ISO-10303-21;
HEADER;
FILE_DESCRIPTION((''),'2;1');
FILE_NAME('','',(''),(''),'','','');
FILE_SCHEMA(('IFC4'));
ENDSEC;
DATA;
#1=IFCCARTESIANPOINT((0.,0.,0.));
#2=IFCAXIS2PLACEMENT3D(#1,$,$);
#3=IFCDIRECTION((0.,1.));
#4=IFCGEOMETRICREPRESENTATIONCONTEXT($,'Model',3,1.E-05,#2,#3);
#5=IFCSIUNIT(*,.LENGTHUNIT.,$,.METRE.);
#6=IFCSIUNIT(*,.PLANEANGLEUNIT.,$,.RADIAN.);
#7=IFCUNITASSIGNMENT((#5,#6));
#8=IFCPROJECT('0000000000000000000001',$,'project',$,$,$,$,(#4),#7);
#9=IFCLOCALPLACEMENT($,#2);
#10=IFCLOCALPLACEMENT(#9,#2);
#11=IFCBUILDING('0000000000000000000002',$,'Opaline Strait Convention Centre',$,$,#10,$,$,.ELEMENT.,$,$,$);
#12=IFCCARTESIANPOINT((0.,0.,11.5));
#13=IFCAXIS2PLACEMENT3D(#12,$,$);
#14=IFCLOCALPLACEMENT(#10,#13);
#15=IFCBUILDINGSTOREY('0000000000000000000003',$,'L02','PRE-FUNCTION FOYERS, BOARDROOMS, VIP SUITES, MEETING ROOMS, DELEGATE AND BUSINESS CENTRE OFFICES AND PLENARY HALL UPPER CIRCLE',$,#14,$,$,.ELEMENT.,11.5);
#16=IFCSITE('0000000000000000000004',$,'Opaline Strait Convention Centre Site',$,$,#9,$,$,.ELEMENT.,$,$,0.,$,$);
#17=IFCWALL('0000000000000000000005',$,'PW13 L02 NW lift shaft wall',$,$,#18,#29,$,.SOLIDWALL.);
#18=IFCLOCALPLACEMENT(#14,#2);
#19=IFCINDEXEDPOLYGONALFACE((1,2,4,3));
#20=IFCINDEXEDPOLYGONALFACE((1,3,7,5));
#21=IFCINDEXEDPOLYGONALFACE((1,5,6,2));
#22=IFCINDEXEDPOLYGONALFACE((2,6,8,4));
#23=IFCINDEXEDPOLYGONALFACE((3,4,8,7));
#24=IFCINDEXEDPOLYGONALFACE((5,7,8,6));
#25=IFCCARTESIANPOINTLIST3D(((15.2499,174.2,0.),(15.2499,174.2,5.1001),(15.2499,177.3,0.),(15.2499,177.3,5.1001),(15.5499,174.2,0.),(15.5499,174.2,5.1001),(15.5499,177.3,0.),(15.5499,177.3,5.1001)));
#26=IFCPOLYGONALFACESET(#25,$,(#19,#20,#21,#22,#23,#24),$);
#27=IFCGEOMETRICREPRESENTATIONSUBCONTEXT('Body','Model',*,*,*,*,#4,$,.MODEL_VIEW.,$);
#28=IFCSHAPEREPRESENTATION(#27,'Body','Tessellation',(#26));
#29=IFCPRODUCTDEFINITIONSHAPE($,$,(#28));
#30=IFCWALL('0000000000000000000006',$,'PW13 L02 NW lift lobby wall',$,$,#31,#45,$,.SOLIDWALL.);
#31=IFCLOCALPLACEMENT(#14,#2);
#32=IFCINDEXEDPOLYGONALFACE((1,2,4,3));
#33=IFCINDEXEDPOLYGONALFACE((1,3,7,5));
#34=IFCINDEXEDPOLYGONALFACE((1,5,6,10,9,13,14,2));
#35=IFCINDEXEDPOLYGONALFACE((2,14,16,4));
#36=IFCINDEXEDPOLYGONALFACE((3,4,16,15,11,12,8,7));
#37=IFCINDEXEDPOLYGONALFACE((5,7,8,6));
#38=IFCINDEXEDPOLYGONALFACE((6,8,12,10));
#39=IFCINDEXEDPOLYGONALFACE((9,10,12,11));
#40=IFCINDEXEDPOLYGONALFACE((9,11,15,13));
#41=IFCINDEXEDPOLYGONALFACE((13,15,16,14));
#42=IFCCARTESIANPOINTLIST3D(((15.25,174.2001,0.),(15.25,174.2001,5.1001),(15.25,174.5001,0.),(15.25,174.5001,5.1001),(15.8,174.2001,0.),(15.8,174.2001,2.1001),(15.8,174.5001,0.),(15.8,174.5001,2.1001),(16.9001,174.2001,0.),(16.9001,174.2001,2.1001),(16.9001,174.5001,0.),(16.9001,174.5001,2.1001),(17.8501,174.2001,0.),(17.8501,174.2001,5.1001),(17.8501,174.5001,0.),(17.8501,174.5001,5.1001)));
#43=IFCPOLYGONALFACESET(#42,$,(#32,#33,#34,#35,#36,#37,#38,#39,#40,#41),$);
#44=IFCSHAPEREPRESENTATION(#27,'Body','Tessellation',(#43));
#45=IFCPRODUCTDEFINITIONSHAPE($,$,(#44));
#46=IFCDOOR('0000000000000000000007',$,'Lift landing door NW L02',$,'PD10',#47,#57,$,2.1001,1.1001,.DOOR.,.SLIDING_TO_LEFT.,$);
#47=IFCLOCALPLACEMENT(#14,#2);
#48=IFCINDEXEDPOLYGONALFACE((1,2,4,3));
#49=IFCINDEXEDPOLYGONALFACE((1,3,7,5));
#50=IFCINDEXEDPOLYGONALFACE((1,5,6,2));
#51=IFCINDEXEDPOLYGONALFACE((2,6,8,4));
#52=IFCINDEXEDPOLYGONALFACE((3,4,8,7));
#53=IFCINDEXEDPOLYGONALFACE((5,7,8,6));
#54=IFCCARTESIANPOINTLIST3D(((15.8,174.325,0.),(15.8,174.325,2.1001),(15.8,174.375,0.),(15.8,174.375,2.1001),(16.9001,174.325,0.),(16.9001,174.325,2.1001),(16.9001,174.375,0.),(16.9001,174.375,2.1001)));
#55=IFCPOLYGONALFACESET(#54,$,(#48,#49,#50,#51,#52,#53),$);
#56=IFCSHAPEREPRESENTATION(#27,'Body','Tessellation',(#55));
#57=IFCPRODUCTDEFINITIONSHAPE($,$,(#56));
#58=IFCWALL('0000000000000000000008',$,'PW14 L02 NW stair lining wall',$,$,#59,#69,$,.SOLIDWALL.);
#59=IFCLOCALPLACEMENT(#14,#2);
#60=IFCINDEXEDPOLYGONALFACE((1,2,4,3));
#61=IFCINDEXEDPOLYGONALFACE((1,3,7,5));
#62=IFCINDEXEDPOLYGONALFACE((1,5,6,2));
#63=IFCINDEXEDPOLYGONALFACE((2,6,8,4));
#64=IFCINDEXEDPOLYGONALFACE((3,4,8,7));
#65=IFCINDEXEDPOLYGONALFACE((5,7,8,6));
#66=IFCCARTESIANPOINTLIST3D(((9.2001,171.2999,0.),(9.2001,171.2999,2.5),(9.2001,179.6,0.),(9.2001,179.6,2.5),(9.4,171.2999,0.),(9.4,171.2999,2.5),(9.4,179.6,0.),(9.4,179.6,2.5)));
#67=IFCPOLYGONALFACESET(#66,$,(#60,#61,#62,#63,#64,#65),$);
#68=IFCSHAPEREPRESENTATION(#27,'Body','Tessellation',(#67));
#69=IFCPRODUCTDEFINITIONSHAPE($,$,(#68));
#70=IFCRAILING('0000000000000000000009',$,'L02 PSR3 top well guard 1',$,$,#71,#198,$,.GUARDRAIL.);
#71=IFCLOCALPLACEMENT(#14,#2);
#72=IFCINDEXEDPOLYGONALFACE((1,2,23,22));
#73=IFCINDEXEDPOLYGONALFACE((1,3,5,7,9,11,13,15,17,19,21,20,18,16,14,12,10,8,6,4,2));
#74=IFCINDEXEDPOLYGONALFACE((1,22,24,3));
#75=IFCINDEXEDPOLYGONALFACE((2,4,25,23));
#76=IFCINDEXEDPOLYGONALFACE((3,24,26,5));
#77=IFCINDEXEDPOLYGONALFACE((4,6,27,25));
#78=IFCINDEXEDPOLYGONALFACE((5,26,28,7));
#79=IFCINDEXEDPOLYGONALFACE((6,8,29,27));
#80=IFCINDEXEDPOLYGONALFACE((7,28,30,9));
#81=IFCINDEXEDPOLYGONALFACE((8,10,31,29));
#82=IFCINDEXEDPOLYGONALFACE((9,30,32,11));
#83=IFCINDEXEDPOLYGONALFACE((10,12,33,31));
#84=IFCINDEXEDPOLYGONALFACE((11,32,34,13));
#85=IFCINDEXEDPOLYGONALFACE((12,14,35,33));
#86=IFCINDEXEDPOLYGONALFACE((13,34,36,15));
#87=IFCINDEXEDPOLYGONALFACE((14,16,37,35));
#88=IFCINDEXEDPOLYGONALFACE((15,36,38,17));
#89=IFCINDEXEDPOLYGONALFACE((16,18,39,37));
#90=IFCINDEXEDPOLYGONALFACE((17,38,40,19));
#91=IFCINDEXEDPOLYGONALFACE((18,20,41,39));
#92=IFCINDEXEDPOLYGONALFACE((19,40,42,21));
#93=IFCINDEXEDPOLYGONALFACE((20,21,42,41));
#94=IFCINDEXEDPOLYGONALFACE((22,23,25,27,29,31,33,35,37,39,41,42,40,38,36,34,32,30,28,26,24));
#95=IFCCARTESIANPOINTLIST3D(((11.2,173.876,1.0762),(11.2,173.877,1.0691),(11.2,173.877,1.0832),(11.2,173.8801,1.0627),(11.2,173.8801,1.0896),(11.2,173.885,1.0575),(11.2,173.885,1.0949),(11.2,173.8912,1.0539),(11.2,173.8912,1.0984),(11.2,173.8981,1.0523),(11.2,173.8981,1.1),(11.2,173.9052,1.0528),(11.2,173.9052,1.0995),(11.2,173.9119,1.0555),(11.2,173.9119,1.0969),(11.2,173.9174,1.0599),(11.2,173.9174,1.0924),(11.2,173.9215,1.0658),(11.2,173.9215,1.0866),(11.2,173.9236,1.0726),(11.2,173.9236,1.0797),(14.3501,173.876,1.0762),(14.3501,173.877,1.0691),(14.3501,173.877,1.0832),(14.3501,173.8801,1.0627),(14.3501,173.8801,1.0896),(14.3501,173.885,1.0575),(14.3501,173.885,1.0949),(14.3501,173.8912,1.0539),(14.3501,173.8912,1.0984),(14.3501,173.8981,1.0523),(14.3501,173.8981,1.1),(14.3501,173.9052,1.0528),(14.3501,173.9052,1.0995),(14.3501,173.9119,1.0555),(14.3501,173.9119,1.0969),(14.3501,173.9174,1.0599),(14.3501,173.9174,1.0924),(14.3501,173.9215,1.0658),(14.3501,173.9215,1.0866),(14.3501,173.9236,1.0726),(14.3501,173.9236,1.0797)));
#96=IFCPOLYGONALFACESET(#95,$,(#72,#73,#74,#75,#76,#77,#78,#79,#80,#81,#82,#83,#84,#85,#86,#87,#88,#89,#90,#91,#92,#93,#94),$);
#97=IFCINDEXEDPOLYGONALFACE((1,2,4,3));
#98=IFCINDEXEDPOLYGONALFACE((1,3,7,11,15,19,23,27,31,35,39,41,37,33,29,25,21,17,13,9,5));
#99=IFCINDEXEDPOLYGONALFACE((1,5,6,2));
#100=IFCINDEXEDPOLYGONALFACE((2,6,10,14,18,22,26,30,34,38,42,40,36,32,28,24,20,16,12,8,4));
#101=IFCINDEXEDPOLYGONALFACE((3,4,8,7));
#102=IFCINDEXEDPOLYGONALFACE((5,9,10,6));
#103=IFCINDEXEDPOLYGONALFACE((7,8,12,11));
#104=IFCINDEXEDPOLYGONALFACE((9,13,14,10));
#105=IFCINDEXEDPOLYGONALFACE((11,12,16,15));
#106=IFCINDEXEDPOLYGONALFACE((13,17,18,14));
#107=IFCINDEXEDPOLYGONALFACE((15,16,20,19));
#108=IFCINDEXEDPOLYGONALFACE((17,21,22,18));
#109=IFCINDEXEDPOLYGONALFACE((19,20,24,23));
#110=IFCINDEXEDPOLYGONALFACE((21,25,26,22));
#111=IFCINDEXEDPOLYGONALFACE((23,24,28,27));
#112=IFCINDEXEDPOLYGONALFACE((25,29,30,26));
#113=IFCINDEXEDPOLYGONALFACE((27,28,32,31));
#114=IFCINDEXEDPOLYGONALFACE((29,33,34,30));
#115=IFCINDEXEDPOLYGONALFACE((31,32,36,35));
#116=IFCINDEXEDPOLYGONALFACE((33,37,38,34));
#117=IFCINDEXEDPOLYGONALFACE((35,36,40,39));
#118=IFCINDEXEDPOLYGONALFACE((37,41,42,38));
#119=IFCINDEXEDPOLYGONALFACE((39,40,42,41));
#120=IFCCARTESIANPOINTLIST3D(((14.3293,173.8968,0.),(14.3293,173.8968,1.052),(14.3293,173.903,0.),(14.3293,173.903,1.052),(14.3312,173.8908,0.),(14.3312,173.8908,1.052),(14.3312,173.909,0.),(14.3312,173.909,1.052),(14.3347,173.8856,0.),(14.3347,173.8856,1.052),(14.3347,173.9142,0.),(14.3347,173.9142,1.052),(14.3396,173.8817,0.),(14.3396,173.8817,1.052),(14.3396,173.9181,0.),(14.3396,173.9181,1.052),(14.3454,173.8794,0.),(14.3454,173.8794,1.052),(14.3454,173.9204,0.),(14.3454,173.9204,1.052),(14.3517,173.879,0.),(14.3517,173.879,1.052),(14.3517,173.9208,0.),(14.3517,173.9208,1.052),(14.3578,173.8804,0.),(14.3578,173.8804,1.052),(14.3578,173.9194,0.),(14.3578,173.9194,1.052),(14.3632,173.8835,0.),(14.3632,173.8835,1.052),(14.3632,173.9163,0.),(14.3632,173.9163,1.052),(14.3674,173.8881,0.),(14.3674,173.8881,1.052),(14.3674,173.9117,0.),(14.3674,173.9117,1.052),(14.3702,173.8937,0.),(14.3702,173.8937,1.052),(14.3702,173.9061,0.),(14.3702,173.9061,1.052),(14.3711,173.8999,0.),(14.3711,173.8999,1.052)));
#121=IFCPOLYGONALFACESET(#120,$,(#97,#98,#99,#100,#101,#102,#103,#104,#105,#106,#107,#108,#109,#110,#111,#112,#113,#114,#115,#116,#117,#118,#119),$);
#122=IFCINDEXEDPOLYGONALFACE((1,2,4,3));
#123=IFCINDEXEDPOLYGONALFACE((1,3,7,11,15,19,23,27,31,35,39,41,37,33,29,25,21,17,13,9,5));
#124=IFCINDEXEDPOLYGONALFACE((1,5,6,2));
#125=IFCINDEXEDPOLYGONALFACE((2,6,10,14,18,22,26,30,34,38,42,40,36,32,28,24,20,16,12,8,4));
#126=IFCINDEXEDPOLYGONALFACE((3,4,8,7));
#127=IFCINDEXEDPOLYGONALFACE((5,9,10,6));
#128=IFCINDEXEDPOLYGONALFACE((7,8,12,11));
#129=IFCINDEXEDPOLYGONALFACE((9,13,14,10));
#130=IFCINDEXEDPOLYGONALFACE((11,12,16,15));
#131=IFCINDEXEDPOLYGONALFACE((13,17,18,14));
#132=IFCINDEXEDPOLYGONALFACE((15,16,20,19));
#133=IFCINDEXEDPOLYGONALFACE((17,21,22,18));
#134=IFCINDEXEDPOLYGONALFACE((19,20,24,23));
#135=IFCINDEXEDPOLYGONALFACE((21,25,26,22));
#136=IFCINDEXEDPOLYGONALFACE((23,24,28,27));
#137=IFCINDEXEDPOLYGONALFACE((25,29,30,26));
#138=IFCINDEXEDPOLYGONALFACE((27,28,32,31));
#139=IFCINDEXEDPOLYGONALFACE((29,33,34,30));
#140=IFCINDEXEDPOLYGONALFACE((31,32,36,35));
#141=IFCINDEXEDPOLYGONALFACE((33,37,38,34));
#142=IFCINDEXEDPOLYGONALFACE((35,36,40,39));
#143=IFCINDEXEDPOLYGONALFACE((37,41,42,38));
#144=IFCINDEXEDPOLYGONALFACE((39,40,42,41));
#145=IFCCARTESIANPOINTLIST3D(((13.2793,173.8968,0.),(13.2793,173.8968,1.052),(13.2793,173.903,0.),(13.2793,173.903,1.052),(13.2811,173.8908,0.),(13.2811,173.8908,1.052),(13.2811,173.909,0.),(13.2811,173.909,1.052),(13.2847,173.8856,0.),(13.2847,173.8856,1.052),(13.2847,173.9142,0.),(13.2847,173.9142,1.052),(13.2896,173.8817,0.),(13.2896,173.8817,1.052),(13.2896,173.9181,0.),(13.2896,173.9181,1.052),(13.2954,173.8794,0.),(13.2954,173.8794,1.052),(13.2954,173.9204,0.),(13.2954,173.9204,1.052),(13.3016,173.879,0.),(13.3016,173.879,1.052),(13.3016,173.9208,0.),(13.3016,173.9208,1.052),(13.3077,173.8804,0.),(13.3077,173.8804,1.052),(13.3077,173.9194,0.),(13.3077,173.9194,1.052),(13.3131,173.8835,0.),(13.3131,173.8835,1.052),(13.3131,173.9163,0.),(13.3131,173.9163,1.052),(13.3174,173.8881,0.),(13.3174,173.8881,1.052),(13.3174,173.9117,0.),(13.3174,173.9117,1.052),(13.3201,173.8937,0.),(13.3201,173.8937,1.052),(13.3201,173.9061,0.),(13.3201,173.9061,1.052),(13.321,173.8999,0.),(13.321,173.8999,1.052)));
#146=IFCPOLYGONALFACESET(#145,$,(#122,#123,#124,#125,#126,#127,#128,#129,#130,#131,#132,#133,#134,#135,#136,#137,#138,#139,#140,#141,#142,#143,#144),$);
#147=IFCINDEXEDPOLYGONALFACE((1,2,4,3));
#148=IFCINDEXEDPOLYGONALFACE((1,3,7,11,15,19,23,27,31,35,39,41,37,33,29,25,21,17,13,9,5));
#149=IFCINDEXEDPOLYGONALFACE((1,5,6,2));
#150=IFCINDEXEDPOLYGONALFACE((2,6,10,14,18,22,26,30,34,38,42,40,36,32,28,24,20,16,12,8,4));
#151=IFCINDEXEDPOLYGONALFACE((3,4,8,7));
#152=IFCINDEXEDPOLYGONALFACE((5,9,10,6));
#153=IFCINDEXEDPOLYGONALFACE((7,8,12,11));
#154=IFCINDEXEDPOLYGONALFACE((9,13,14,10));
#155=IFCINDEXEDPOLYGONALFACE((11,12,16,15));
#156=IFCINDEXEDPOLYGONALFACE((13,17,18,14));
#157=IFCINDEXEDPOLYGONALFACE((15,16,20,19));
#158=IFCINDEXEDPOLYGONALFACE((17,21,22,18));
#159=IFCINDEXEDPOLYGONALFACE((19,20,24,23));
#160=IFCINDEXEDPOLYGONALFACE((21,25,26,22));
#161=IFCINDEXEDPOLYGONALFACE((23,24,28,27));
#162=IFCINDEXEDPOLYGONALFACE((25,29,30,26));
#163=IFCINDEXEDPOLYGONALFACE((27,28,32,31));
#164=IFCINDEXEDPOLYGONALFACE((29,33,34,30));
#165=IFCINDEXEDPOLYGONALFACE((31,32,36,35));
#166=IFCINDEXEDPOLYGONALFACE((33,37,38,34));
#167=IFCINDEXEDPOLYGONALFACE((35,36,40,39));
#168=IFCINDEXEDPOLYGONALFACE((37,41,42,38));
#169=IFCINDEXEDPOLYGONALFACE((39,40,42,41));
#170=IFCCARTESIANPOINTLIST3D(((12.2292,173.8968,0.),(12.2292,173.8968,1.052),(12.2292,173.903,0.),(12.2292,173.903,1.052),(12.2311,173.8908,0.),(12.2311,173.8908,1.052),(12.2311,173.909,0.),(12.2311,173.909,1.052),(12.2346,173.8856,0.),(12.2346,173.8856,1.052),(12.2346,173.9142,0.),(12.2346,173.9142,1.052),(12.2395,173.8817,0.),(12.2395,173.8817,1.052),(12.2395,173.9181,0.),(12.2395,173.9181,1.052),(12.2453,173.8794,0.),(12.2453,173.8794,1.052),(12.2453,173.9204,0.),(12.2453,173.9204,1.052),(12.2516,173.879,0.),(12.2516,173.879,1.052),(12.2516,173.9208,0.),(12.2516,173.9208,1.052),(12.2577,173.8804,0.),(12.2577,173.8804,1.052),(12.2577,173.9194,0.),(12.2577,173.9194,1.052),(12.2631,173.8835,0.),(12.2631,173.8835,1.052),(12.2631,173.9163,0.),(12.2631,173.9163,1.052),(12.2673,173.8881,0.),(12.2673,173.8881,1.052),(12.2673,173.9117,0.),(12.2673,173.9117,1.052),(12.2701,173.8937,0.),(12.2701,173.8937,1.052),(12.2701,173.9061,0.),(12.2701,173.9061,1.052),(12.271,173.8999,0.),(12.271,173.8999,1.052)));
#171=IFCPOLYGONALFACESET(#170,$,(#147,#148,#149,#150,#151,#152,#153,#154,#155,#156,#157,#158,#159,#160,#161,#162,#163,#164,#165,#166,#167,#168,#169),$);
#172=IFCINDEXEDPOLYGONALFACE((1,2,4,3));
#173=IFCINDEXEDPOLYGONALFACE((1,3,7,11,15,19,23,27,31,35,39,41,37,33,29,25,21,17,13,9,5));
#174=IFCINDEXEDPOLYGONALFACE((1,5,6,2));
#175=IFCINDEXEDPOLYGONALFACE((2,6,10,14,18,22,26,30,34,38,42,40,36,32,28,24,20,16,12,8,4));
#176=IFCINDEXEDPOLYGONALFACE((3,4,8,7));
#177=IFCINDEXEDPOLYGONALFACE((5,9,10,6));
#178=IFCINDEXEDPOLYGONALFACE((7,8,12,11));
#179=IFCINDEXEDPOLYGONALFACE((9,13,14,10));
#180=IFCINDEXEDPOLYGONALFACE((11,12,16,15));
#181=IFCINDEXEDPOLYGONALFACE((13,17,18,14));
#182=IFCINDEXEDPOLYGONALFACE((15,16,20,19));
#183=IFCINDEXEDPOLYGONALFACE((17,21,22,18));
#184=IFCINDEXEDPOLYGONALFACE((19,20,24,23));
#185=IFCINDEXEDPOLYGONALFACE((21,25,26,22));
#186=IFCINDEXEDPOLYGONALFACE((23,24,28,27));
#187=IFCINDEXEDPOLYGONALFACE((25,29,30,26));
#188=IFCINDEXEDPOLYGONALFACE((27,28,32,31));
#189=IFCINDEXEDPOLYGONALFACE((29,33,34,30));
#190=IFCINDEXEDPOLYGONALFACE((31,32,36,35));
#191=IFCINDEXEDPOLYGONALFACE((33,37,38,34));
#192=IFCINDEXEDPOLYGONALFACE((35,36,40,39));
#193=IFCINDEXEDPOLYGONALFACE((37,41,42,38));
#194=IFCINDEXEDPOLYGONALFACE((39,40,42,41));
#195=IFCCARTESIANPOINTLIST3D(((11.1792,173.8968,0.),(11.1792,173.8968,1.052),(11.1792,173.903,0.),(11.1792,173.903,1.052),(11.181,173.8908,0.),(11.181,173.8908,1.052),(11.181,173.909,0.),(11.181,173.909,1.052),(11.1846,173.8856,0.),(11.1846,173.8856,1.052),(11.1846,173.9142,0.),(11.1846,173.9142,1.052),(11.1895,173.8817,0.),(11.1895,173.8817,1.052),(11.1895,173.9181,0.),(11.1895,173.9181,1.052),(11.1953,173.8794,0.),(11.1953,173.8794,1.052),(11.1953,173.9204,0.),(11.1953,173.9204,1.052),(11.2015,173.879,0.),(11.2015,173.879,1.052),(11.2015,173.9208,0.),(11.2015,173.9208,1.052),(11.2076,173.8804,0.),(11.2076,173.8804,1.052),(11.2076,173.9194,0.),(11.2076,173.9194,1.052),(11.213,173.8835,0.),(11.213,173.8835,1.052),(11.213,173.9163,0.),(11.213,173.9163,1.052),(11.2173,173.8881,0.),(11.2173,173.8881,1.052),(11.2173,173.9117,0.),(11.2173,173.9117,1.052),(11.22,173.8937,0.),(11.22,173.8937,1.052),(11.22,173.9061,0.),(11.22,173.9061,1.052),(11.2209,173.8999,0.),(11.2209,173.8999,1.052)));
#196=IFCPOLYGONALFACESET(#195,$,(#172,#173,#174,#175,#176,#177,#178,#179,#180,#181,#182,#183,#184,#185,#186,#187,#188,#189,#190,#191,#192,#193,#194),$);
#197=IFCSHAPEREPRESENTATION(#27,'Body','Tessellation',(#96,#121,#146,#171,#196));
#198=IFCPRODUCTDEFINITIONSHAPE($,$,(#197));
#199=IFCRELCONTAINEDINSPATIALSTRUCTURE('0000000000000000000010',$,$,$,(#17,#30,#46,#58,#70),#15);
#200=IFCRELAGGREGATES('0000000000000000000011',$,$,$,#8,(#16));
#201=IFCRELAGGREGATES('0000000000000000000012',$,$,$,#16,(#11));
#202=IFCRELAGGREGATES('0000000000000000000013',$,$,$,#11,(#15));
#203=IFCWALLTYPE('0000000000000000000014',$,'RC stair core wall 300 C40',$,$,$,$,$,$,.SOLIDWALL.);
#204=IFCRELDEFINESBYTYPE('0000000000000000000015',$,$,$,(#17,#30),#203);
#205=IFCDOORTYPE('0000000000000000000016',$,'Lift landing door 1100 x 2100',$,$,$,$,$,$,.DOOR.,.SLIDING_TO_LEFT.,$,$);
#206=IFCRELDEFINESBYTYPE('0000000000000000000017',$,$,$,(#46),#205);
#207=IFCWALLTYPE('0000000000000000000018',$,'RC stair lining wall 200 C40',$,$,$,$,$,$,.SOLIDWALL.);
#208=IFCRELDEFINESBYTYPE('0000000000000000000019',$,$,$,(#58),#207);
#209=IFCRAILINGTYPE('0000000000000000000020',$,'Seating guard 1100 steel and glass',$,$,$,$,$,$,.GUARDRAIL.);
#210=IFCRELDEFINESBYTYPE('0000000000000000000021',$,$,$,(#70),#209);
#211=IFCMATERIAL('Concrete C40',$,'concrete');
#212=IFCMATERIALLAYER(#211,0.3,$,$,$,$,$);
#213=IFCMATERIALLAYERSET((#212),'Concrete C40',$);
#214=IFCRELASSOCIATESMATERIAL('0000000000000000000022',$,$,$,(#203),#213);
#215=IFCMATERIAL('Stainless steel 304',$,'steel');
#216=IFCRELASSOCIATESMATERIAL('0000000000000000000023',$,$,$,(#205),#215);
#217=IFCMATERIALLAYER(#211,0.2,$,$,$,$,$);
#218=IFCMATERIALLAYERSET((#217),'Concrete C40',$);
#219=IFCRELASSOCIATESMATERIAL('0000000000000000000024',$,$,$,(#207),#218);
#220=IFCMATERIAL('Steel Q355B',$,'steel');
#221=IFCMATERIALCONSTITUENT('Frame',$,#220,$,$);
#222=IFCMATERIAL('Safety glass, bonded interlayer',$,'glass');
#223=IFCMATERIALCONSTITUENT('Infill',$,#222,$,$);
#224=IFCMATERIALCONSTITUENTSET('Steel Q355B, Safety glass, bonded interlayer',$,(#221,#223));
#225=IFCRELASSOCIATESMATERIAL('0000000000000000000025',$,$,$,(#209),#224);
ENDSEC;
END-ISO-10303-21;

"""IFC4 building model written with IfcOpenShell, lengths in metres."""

from ifc_helpers import new_model, si_unit, direction, frame, frame_2d, origin, origin_2d, place, context, subcontext, project, spatial, rectangle, circle, extrude, material, layer, layer_set, constituent, constituent_set, type_object, element, fill, save


model = new_model("IFC4")

# Units and contexts
model_context = context("Model", 3, precision=1e-05, world=origin(), true_north=direction((0.0, 1.0)))
body_context = subcontext(model_context, "Body", "Model", "MODEL_VIEW")
ifc_project = project(units=[si_unit("LENGTHUNIT", "METRE"), si_unit("PLANEANGLEUNIT", "RADIAN")], contexts=[model_context])

# Site, building, storey
site_placement = place(None, origin())
site = spatial("IfcSite", under=ifc_project, at=site_placement, Name="Opaline Strait Convention Centre Site", CompositionType="ELEMENT", RefElevation=0.0)
building_placement = place(site_placement, origin())
building = spatial("IfcBuilding", under=site, at=building_placement, Name="Opaline Strait Convention Centre", CompositionType="ELEMENT")
storey_placement = place(building_placement, frame((0.0, 0.0, 11.5)))
storey = spatial("IfcBuildingStorey", under=building, at=storey_placement, Name="L02", Description="PRE-FUNCTION FOYERS, BOARDROOMS, VIP SUITES, MEETING ROOMS, DELEGATE AND BUSINESS CENTRE OFFICES AND PLENARY HALL UPPER CIRCLE", CompositionType="ELEMENT", Elevation=11.5)

# Shared definitions
ifc_material_1 = material(Name="Concrete C40", Category="concrete")

# Shared definitions
ifc_material_2 = material(Name="Steel Q355B", Category="steel")

# Shared definitions
ifc_layer_1 = layer(ifc_material_1, 0.3)
ifc_layer_set_1 = layer_set([ifc_layer_1], Name="Concrete C40")
wall_type_1 = type_object("IfcWallType", Name="RC stair core wall 300 C40", PredefinedType="SOLIDWALL", material=ifc_layer_set_1)

# Wall
wall_1_placement = place(storey_placement, frame((15.3999, 174.2, 0.0), z_axis=(0.0, 0.0, 1.0), x_axis=(0.0, 1.0, 0.0)))
element("IfcWall", 1, at=wall_1_placement, inside=storey, type_object=wall_type_1, Name="PW13 L02 NW lift shaft wall", PredefinedType="SOLIDWALL", context=body_context, shape_type="SweptSolid", body=[
    extrude(rectangle(XDim=3.1001, YDim=0.3, at=frame_2d((1.55, 0.0))), origin(), (0.0, 0.0, 1.0), 5.1001),
])

# Wall, opening, door
wall_2_placement = place(storey_placement, frame((15.25, 174.3501, 0.0), z_axis=(0.0, 0.0, 1.0), x_axis=(1.0, 0.0, 0.0)))
wall_2 = element("IfcWall", 2, at=wall_2_placement, inside=storey, type_object=wall_type_1, Name="PW13 L02 NW lift lobby wall", PredefinedType="SOLIDWALL", context=body_context, shape_type="SweptSolid", body=[
    extrude(rectangle(XDim=2.6001, YDim=0.3, at=frame_2d((1.3, 0.0))), origin(), (0.0, 0.0, 1.0), 5.1001),
])
opening_1_placement = place(wall_2_placement, frame((0.55, 0.0, 0.0)))
opening_1 = element("IfcOpeningElement", 3, at=opening_1_placement, cuts=wall_2, PredefinedType="OPENING", context=body_context, shape_type="SweptSolid", body=[
    extrude(rectangle(XDim=1.1001, YDim=2.1001, at=frame_2d((0.55, 1.05))), frame((0.0, 0.1599, 0.0), z_axis=(0.0, -1.0, 0.0), x_axis=(1.0, 0.0, 0.0)), (0.0, 0.0, 1.0), 0.3201),
])
ifc_material_3 = material(Name="Stainless steel 304", Category="steel")
door_type_1 = type_object("IfcDoorType", Name="Lift landing door 1100 x 2100", OperationType="SLIDING_TO_LEFT", PredefinedType="DOOR", material=ifc_material_3)
door_1_placement = place(opening_1_placement, origin())
door_1 = element("IfcDoor", 4, at=door_1_placement, inside=storey, type_object=door_type_1, Name="Lift landing door NW L02", ObjectType="PD10", OperationType="SLIDING_TO_LEFT", OverallHeight=2.1001, OverallWidth=1.1001, PredefinedType="DOOR", context=body_context, shape_type="SweptSolid", body=[
    extrude(rectangle(XDim=1.1001, YDim=2.1001, at=frame_2d((0.55, 1.05))), frame((0.0, 0.0249, 0.0), z_axis=(0.0, -1.0, 0.0), x_axis=(1.0, 0.0, 0.0)), (0.0, 0.0, 1.0), 0.05),
])
fill(opening_1, door_1)

# Wall
ifc_layer_2 = layer(ifc_material_1, 0.2)
ifc_layer_set_2 = layer_set([ifc_layer_2], Name="Concrete C40")
wall_type_2 = type_object("IfcWallType", Name="RC stair lining wall 200 C40", PredefinedType="SOLIDWALL", material=ifc_layer_set_2)
wall_3_placement = place(storey_placement, frame((9.3, 171.3, 0.0), z_axis=(0.0, 0.0, 1.0), x_axis=(0.0, 1.0, 0.0)))
element("IfcWall", 5, at=wall_3_placement, inside=storey, type_object=wall_type_2, Name="PW14 L02 NW stair lining wall", PredefinedType="SOLIDWALL", context=body_context, shape_type="SweptSolid", body=[
    extrude(rectangle(XDim=8.3, YDim=0.2, at=frame_2d((4.1499, 0.0))), origin(), (0.0, 0.0, 1.0), 2.5),
])

# Railing
ifc_constituent_1 = constituent(ifc_material_2, Name="Frame")
ifc_material_4 = material(Name="Safety glass, bonded interlayer", Category="glass")
ifc_constituent_2 = constituent(ifc_material_4, Name="Infill")
ifc_constituent_set = constituent_set(constituents=[ifc_constituent_1, ifc_constituent_2], Name="Steel Q355B, Safety glass, bonded interlayer")
railing_type = type_object("IfcRailingType", Name="Seating guard 1100 steel and glass", PredefinedType="GUARDRAIL", material=ifc_constituent_set)
railing_1_placement = place(storey_placement, frame((14.3501, 173.8999, 0.0)))
element("IfcRailing", 6, at=railing_1_placement, inside=storey, type_object=railing_type, Name="L02 PSR3 top well guard 1", PredefinedType="GUARDRAIL", context=body_context, shape_type="SweptSolid", body=[
    extrude(circle(Radius=0.0239, at=origin_2d()), frame((0.0, 0.0, 1.0762), z_axis=(-1.0, 0.0, 0.0), x_axis=(0.0, -1.0, 0.0)), (0.0, 0.0, 1.0), 3.1501),
    extrude(circle(Radius=0.021, at=origin_2d()), origin(), (0.0, 0.0, 1.0), 1.052),
    extrude(circle(Radius=0.021, at=origin_2d()), frame((-1.05, 0.0, 0.0)), (0.0, 0.0, 1.0), 1.052),
    extrude(circle(Radius=0.021, at=origin_2d()), frame((-2.1001, 0.0, 0.0)), (0.0, 0.0, 1.0), 1.052),
    extrude(circle(Radius=0.021, at=origin_2d()), frame((-3.1501, 0.0, 0.0)), (0.0, 0.0, 1.0), 1.052),
])

save(model, "model.ifc")
